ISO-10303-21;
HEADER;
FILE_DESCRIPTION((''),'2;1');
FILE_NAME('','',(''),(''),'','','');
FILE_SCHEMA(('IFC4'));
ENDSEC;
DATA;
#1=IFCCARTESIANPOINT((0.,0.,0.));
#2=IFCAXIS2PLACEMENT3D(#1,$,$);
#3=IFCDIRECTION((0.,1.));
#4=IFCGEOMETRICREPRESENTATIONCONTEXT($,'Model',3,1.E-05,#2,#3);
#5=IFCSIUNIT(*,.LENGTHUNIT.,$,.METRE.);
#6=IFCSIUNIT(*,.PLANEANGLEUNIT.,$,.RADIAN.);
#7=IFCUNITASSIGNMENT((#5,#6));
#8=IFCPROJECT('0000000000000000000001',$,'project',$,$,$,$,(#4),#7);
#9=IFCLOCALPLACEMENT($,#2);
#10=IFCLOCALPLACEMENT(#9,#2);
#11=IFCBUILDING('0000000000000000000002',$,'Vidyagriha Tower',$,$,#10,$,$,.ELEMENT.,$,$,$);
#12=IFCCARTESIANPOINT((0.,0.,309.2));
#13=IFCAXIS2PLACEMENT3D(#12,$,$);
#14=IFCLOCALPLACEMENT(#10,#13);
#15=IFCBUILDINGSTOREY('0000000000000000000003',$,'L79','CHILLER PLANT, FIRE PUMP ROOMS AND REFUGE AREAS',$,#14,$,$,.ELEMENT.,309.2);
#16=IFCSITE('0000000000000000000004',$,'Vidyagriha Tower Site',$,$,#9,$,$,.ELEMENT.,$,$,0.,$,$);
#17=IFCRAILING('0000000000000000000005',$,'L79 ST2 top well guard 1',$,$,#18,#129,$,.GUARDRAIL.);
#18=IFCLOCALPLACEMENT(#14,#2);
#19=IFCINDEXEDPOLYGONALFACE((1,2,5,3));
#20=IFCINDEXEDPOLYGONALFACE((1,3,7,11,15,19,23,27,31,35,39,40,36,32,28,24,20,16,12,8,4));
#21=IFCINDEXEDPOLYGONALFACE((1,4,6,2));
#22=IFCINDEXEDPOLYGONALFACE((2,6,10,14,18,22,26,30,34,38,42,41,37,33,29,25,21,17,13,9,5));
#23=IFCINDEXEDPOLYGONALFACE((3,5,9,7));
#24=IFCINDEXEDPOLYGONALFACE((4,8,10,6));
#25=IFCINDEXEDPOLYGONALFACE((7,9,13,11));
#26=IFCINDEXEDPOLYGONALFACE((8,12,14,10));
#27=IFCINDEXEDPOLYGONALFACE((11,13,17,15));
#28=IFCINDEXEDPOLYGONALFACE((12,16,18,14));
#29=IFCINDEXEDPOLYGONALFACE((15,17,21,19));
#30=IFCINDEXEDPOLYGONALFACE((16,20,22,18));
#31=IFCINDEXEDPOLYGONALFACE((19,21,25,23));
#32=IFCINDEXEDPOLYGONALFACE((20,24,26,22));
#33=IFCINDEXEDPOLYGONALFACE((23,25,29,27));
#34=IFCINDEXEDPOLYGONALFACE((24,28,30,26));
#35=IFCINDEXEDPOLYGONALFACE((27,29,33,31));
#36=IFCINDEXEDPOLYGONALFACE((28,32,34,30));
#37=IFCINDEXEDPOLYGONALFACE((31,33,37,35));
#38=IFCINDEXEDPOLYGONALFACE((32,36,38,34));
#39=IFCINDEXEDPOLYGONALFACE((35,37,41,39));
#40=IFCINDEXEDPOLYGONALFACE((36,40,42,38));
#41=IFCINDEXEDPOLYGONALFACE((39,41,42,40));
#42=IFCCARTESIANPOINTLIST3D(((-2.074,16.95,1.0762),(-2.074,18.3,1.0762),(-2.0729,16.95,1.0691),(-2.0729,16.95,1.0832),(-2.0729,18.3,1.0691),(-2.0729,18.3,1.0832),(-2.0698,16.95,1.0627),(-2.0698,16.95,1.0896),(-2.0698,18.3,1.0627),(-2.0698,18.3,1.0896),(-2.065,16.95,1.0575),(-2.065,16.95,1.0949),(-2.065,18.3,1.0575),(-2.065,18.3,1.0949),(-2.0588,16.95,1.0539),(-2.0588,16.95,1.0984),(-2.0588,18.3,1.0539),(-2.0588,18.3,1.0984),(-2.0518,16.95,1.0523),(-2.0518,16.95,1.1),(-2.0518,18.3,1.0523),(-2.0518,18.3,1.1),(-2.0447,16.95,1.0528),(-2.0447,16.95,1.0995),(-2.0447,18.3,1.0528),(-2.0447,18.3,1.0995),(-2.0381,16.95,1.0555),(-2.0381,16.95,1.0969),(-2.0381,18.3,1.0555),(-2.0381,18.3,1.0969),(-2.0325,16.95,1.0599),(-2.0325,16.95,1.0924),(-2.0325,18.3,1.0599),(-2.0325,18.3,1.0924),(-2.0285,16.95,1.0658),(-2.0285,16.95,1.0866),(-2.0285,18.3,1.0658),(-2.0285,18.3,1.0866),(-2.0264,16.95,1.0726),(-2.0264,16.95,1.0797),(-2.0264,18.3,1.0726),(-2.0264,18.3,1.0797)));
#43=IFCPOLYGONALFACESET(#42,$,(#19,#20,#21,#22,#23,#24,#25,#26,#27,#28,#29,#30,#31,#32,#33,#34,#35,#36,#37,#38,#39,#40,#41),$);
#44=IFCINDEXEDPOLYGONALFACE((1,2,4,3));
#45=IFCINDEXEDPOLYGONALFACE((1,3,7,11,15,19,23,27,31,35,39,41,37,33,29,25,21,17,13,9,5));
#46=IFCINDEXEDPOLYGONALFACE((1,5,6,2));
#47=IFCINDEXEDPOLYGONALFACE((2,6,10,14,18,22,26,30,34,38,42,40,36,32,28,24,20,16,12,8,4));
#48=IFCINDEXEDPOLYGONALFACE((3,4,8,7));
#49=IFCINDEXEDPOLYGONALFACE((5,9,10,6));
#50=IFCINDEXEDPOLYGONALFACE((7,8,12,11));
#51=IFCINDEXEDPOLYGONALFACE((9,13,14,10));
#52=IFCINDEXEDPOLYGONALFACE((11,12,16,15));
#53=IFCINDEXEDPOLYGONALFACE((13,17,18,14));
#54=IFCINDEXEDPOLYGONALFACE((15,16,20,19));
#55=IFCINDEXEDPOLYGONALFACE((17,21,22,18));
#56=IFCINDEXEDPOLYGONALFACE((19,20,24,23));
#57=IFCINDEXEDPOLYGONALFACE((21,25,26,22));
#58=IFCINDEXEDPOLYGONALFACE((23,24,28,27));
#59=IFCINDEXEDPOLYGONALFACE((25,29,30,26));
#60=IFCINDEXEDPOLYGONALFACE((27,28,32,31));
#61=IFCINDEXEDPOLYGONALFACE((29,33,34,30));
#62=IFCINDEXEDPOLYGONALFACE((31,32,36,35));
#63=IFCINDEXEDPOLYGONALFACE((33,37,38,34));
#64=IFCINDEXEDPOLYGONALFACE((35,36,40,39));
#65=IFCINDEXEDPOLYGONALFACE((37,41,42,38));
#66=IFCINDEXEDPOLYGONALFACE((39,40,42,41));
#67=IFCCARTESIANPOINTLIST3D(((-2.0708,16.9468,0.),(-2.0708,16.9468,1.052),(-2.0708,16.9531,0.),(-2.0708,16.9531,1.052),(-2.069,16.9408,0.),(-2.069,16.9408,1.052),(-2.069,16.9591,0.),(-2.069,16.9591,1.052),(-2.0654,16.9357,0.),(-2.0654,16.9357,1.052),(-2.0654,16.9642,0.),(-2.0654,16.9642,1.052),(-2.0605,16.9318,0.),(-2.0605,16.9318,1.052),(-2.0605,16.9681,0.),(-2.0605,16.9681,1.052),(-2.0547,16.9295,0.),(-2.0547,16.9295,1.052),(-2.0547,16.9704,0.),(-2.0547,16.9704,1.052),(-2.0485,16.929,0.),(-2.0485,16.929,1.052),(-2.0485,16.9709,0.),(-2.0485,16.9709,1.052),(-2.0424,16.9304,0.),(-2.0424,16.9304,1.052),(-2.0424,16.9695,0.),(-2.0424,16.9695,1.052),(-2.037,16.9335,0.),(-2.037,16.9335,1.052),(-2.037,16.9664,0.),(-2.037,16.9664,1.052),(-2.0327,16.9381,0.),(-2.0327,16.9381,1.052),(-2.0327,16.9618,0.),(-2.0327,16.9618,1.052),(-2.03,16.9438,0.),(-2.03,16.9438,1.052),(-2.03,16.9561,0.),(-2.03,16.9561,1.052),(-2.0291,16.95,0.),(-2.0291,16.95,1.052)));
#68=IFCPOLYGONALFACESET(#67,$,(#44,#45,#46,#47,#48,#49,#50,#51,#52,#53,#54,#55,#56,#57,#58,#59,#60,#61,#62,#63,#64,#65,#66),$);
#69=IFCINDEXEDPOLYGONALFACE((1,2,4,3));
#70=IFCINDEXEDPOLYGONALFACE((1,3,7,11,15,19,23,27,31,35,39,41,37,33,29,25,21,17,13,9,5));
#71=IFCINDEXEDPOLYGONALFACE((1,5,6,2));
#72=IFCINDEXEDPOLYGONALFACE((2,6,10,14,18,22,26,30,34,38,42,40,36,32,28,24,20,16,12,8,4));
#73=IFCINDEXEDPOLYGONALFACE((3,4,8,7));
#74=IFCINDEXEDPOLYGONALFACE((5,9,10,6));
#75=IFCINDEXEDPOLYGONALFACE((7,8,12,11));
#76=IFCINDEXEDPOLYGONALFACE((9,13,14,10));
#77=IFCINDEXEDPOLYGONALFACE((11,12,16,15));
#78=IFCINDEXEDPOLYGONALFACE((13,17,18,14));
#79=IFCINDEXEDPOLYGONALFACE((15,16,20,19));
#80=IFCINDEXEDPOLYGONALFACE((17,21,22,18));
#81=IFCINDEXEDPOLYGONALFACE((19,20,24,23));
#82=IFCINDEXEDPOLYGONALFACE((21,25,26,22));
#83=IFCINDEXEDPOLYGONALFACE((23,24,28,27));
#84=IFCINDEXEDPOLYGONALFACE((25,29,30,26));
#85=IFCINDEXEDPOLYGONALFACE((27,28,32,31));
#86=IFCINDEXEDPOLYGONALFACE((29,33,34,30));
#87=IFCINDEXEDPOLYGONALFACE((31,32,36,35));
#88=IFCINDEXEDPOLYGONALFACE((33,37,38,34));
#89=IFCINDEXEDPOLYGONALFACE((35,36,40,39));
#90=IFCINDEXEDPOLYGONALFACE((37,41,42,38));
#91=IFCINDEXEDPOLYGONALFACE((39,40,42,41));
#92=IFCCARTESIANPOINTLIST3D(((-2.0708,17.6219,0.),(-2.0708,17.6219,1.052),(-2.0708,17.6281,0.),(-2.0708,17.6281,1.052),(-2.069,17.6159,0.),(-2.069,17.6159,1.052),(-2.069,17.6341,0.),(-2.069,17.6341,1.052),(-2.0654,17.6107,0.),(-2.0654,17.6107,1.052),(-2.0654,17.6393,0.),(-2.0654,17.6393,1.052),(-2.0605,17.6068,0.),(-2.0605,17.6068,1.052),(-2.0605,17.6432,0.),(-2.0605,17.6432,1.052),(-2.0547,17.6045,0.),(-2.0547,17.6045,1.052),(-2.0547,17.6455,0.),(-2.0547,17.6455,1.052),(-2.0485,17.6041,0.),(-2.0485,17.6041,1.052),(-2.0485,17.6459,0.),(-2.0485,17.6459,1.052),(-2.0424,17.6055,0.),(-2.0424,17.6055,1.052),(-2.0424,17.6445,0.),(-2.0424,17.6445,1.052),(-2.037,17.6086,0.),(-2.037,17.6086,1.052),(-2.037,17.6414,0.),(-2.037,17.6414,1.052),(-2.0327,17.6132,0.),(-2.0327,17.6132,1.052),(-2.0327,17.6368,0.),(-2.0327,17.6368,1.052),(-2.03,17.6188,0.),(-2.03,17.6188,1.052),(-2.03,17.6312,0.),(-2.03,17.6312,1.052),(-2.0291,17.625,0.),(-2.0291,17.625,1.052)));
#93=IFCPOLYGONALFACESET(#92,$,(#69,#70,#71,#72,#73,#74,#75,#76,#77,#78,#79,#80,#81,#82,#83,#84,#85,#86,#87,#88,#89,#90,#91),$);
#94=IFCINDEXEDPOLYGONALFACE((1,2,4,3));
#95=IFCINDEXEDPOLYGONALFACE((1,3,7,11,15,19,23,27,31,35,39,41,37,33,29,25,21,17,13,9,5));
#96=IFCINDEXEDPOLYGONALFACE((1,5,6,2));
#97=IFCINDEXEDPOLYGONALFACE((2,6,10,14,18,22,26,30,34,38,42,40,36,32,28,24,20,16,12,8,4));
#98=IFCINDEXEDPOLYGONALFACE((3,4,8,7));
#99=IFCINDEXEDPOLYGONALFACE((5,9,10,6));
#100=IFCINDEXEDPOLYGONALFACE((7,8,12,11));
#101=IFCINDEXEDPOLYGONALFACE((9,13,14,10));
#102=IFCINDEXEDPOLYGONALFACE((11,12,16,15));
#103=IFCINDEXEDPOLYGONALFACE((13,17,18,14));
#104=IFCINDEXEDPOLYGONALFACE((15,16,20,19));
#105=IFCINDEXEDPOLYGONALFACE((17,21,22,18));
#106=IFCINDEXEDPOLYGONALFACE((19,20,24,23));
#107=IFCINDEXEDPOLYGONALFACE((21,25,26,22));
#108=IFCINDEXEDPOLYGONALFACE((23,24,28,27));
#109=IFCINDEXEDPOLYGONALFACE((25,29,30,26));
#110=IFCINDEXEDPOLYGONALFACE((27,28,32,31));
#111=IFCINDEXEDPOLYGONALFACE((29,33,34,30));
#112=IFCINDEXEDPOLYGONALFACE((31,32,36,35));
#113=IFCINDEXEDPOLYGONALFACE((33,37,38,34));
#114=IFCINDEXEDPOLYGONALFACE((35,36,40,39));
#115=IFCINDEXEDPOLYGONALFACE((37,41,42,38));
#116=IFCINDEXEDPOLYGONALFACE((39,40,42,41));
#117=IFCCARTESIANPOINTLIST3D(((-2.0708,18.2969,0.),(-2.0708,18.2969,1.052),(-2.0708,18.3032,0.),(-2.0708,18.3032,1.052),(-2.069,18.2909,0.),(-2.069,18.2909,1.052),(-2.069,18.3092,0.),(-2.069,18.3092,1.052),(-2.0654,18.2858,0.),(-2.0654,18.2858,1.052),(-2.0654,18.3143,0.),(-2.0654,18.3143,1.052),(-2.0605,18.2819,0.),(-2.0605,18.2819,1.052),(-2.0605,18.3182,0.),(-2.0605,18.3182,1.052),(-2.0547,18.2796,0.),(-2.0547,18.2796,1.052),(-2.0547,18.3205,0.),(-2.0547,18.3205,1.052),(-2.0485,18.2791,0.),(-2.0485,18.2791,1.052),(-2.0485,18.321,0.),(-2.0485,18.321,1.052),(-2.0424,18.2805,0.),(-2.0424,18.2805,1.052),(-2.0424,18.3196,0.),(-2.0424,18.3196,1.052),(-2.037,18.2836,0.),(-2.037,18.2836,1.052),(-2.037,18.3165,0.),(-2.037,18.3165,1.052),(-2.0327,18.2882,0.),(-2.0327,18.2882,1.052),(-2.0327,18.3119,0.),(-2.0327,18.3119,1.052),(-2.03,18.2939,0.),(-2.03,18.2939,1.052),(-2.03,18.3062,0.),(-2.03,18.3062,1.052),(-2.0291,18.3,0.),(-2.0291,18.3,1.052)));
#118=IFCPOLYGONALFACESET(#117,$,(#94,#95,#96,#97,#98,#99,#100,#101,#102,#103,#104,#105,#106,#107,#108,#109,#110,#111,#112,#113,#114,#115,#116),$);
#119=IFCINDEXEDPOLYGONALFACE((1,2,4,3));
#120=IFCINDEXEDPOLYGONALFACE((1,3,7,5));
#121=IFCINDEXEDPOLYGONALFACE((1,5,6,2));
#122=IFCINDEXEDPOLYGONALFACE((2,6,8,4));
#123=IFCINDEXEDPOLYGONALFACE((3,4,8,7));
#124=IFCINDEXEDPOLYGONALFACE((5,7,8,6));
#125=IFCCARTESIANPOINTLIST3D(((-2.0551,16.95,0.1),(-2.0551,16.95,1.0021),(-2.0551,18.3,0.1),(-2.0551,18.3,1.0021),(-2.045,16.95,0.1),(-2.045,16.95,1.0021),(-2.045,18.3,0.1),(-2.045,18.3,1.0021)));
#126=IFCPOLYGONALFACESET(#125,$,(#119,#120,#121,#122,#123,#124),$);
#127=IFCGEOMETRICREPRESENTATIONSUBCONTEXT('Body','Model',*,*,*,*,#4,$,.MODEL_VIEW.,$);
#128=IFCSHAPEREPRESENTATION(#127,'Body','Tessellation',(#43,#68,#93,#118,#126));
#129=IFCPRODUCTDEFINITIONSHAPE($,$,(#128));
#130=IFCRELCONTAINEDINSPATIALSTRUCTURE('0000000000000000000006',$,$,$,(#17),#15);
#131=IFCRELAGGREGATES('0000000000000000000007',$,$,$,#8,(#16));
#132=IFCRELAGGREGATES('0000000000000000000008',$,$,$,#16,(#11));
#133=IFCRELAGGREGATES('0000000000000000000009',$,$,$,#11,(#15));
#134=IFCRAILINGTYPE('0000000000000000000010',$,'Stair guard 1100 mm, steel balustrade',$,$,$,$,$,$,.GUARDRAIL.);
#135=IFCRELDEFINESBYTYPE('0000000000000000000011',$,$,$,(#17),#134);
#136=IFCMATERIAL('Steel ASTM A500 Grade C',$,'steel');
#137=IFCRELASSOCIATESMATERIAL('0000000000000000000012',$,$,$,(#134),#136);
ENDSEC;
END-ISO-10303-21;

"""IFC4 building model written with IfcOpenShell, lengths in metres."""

from ifc_helpers import new_model, si_unit, direction, frame, origin, origin_2d, place, context, subcontext, project, spatial, rectangle, circle, extrude, material, type_object, element, save


model = new_model("IFC4")

# Units and contexts
model_context = context("Model", 3, precision=1e-05, world=origin(), true_north=direction((0.0, 1.0)))
body_context = subcontext(model_context, "Body", "Model", "MODEL_VIEW")
ifc_project = project(units=[si_unit("LENGTHUNIT", "METRE"), si_unit("PLANEANGLEUNIT", "RADIAN")], contexts=[model_context])

# Site, building, storey
site_placement = place(None, origin())
site = spatial("IfcSite", under=ifc_project, at=site_placement, Name="Vidyagriha Tower Site", CompositionType="ELEMENT", RefElevation=0.0)
building_placement = place(site_placement, origin())
building = spatial("IfcBuilding", under=site, at=building_placement, Name="Vidyagriha Tower", CompositionType="ELEMENT")
storey_placement = place(building_placement, frame((0.0, 0.0, 309.2)))
storey = spatial("IfcBuildingStorey", under=building, at=storey_placement, Name="L79", Description="CHILLER PLANT, FIRE PUMP ROOMS AND REFUGE AREAS", CompositionType="ELEMENT", Elevation=309.2)

# Railing
ifc_material_1 = material(Name="Steel ASTM A500 Grade C", Category="steel")
railing_type = type_object("IfcRailingType", Name="Stair guard 1100 mm, steel balustrade", PredefinedType="GUARDRAIL", material=ifc_material_1)
for number, where, name in (
    (1, (-2.05, 16.95, 0.0), "L79 ST2 top well guard 1"),
):
    element("IfcRailing", number, at=place(storey_placement, frame(where)), inside=storey, type_object=railing_type, Name=name, PredefinedType="GUARDRAIL", context=body_context, shape_type="SweptSolid", body=[
        extrude(circle(Radius=0.0239, at=origin_2d()), frame((0.0, 0.0, 1.0762), z_axis=(0.0, 1.0, 0.0), x_axis=(-1.0, 0.0, 0.0)), (0.0, 0.0, 1.0), 1.3501),
        extrude(circle(Radius=0.021, at=origin_2d()), origin(), (0.0, 0.0, 1.0), 1.052),
        extrude(circle(Radius=0.021, at=origin_2d()), frame((0.0, 0.675, 0.0)), (0.0, 0.0, 1.0), 1.052),
        extrude(circle(Radius=0.021, at=origin_2d()), frame((0.0, 1.3501, 0.0)), (0.0, 0.0, 1.0), 1.052),
        extrude(rectangle(XDim=0.01, YDim=0.9021, at=origin_2d()), frame((0.0, 0.0, 0.551), z_axis=(0.0, 1.0, 0.0), x_axis=(-1.0, 0.0, 0.0)), (0.0, 0.0, 1.0), 1.3501),
    ])

save(model, "model.ifc")
